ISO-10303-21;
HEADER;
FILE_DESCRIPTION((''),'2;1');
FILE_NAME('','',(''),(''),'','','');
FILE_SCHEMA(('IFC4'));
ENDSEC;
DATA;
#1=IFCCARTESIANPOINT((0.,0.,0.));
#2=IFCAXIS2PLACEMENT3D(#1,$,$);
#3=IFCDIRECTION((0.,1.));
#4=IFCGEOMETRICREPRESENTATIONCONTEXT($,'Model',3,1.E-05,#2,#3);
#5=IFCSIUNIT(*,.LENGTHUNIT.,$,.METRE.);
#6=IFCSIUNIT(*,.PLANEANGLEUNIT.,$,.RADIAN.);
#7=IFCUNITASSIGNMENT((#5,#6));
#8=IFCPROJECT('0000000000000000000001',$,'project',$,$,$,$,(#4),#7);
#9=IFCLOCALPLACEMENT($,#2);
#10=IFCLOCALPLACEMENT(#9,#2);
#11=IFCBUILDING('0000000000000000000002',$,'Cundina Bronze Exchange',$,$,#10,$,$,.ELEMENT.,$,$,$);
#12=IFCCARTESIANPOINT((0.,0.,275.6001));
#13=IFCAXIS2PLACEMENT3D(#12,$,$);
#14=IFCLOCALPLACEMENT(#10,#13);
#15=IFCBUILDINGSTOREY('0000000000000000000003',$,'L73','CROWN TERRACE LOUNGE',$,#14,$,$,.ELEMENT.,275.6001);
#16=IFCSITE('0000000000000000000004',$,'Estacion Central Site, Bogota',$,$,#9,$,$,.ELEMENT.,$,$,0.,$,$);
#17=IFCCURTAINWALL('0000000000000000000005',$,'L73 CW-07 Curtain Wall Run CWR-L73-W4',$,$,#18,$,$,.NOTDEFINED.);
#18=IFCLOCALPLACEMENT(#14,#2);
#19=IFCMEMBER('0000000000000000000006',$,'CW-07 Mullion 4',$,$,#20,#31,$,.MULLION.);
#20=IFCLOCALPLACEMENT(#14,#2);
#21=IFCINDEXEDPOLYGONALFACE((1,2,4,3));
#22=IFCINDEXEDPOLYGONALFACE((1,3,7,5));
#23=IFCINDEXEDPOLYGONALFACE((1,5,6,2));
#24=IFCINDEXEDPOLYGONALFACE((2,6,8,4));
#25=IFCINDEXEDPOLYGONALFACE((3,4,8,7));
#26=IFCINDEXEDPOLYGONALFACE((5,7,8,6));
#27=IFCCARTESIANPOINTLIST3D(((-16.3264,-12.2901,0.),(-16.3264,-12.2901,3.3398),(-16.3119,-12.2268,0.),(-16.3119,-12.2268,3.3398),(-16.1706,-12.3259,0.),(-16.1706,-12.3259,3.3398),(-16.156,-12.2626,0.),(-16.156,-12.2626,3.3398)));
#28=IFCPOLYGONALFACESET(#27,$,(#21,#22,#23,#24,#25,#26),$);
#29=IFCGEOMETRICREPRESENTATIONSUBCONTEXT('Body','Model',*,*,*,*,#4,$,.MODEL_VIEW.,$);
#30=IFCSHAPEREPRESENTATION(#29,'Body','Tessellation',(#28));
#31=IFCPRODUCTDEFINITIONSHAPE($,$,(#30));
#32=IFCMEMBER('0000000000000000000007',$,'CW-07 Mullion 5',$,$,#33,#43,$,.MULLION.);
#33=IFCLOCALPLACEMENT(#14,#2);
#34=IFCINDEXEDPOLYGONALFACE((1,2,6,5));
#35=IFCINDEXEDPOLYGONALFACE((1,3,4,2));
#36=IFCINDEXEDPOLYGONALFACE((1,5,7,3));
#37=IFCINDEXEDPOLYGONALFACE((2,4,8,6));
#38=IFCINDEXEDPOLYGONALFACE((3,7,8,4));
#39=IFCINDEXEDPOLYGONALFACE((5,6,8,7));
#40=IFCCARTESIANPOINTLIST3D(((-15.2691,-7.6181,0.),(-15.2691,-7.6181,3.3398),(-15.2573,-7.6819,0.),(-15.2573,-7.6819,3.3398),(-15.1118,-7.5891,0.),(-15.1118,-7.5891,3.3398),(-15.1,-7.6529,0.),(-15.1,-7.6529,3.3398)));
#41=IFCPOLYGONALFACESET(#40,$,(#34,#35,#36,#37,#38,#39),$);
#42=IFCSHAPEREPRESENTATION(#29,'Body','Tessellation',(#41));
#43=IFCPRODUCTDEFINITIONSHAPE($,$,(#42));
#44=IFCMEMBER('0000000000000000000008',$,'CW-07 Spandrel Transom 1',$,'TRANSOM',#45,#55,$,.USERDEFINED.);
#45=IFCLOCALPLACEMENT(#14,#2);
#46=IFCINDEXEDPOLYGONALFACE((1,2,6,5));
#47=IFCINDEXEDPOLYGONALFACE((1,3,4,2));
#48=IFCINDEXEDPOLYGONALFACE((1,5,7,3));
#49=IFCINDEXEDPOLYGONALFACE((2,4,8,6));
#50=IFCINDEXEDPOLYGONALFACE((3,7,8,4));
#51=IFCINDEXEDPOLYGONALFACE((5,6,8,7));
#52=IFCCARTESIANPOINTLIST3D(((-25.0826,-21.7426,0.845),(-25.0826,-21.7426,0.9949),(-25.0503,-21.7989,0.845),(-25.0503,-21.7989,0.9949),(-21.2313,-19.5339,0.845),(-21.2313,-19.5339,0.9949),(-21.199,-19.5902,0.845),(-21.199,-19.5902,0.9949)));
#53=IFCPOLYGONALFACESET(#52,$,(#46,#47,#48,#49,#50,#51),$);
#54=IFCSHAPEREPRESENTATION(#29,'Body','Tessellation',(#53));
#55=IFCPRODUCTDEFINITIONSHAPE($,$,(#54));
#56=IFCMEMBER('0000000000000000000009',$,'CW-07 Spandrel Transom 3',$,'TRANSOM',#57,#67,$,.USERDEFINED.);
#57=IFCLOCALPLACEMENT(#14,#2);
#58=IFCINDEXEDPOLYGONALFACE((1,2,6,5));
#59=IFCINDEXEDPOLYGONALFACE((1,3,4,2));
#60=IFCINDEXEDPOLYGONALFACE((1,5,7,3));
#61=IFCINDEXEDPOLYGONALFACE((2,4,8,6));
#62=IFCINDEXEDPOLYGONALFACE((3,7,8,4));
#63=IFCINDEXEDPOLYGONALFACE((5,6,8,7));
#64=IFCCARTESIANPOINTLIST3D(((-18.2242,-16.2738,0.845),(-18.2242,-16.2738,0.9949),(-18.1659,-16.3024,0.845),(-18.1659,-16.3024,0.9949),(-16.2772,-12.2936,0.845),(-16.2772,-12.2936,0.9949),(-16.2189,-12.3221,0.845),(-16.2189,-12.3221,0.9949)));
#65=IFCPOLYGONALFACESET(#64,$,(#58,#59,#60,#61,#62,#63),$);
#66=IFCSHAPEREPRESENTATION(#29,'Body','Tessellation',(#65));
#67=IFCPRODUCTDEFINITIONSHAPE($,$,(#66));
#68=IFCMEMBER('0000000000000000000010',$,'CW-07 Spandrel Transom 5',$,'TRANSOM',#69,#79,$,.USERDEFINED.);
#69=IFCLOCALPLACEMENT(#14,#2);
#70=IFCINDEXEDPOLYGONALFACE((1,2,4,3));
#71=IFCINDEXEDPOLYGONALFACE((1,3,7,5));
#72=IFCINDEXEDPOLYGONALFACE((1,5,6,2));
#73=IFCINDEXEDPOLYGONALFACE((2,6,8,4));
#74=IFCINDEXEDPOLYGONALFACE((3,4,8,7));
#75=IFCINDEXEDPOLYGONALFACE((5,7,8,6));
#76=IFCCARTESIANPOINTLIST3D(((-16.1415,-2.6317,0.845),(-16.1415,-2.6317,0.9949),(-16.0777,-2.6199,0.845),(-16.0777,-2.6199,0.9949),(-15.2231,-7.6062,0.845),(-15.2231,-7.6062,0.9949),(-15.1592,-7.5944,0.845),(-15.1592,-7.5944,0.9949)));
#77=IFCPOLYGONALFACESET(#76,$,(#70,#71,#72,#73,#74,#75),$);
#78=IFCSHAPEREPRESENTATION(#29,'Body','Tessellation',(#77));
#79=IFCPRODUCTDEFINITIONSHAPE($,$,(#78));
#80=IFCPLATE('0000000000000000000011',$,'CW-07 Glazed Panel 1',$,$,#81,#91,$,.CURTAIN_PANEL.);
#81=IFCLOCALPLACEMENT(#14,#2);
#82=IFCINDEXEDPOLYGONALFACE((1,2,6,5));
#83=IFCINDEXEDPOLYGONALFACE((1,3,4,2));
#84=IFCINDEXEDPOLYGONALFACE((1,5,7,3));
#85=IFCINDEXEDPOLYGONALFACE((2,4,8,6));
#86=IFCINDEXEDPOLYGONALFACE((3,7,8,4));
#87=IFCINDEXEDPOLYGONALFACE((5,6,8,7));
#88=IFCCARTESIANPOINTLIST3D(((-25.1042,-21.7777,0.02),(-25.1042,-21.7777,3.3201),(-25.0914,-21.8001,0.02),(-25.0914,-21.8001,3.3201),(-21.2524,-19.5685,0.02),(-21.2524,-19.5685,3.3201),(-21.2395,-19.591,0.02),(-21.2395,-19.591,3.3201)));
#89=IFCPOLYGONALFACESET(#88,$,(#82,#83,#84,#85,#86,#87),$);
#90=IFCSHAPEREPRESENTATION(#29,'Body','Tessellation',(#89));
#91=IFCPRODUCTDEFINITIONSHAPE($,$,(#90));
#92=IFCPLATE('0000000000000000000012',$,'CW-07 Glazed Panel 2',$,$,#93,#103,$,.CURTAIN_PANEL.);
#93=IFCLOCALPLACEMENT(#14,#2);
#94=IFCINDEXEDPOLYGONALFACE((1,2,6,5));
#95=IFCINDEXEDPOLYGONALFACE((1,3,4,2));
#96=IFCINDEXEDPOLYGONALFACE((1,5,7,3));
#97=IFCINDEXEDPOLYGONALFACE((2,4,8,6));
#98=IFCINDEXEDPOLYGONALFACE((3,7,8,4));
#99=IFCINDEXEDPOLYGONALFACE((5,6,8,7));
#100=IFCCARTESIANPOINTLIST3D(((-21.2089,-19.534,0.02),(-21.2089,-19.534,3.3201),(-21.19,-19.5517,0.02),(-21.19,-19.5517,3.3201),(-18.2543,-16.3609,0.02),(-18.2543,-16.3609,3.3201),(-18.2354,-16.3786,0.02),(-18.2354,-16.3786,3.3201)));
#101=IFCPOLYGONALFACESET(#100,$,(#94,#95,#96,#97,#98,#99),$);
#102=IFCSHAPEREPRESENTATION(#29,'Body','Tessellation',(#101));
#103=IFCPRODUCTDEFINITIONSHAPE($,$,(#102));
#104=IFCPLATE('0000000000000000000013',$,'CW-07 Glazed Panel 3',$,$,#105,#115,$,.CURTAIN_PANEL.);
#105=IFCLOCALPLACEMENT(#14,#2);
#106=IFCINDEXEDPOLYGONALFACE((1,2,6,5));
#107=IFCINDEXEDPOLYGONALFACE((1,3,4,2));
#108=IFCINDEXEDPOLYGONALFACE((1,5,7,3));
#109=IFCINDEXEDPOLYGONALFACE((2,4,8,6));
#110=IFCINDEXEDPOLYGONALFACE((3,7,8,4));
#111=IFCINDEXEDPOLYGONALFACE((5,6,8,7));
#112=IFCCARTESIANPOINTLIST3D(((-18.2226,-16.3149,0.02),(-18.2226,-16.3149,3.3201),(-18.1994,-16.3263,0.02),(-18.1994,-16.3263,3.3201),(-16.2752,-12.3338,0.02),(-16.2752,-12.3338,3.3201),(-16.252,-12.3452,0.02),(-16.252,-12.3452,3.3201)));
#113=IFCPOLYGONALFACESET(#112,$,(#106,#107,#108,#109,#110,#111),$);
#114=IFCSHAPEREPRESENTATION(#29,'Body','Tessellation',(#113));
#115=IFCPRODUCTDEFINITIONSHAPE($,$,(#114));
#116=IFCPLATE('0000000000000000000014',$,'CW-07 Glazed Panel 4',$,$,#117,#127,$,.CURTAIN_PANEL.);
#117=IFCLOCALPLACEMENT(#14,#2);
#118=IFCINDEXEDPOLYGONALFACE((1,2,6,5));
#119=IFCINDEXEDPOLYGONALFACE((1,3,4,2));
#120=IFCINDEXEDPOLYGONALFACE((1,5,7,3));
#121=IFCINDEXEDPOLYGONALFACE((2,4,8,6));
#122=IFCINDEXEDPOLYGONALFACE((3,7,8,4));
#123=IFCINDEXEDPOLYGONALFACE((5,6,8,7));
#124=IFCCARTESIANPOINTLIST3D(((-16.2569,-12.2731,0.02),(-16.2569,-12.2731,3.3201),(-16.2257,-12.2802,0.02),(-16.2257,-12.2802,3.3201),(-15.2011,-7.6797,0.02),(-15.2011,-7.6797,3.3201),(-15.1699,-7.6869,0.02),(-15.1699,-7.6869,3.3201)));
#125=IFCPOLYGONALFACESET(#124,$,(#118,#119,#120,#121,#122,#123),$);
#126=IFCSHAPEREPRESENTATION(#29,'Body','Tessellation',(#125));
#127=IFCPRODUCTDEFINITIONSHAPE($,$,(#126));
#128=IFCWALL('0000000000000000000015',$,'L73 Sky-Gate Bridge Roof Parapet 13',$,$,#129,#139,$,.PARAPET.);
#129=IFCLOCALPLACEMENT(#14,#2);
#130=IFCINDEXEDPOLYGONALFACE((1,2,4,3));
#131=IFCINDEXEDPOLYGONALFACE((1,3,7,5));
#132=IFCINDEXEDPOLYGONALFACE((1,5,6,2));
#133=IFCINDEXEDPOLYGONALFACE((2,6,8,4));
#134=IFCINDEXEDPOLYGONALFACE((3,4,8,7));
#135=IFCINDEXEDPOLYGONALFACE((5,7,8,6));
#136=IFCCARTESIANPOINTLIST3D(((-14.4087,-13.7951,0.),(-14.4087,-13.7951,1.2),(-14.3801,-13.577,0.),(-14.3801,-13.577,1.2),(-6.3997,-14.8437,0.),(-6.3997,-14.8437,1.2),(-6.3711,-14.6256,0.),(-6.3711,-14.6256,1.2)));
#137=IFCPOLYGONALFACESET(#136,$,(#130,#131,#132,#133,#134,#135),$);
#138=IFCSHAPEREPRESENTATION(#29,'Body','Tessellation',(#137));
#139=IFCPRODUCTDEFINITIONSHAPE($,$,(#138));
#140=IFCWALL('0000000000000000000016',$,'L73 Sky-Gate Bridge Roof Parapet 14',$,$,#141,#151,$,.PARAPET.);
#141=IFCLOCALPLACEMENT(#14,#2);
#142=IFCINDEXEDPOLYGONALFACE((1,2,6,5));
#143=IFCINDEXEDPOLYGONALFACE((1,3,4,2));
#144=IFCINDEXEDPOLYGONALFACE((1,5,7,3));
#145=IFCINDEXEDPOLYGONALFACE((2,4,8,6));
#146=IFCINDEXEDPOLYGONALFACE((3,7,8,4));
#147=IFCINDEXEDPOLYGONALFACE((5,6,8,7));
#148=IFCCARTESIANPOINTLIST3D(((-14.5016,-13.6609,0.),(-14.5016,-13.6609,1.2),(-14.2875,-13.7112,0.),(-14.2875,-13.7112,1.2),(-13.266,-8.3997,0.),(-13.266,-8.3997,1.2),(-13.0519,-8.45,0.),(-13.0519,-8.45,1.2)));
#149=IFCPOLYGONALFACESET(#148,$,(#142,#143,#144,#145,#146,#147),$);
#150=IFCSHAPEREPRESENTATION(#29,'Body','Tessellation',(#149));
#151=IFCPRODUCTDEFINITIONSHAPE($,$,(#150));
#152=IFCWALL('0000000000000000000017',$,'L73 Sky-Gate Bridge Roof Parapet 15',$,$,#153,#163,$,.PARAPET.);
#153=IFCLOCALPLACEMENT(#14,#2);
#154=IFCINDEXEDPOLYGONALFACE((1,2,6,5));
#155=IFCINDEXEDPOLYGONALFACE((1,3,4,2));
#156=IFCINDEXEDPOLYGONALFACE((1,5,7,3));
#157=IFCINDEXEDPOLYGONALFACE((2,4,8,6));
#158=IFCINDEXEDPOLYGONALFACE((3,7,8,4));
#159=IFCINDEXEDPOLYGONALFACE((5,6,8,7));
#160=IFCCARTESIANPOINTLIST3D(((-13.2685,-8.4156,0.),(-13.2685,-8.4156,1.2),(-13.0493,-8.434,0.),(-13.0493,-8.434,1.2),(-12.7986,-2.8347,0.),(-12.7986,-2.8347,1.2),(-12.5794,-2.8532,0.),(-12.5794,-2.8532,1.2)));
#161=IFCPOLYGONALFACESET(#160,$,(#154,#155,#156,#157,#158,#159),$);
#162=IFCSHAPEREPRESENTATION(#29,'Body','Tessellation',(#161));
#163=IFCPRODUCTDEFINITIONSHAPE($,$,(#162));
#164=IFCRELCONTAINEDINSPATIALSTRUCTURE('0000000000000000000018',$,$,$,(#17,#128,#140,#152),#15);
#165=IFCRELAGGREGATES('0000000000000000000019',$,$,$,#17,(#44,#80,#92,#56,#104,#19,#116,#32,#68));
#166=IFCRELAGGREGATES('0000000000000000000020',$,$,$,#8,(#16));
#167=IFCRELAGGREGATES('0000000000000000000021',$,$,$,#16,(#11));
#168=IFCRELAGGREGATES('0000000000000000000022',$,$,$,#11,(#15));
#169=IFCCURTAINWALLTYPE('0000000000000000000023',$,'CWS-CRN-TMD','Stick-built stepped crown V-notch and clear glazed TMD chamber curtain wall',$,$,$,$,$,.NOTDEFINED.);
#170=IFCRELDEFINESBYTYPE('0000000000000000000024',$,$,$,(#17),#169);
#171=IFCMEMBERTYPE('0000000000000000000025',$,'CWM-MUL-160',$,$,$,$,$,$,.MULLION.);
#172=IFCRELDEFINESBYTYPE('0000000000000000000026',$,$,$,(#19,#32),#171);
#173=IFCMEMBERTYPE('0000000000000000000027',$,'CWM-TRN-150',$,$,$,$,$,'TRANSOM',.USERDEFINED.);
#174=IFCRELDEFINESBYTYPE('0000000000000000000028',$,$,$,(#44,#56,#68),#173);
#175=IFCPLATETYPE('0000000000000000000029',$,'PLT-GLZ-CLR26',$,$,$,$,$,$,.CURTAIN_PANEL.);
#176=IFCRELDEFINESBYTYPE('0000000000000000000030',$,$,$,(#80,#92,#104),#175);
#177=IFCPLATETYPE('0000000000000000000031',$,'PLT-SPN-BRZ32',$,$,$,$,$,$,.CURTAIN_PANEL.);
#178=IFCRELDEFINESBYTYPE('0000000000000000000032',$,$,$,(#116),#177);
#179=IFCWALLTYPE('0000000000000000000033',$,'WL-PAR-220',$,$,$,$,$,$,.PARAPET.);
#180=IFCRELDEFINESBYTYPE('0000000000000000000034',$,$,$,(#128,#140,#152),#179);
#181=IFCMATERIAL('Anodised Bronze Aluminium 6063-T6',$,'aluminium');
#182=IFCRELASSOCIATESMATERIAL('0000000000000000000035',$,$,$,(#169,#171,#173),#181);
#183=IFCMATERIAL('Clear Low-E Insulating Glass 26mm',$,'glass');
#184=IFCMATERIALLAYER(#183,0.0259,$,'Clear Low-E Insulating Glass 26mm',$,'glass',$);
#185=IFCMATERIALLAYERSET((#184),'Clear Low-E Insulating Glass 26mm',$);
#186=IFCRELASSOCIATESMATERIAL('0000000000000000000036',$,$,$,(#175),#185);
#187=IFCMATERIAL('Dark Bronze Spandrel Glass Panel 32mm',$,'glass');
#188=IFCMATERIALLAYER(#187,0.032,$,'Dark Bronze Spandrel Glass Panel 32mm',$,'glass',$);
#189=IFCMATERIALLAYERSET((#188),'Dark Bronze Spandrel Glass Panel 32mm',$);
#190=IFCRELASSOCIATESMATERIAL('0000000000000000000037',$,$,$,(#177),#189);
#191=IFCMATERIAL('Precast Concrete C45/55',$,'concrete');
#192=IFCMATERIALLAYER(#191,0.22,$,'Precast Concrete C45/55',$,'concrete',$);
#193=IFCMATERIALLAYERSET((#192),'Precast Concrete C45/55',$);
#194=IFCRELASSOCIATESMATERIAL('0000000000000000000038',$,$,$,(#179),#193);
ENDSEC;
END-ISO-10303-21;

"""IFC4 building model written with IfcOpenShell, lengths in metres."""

from ifc_helpers import new_model, si_unit, direction, frame, frame_2d, origin, origin_2d, place, context, subcontext, project, spatial, rectangle, extrude, material, layer, layer_set, material_profile, profile_set, type_object, element, aggregate, save


model = new_model("IFC4")

# Units and contexts
model_context = context("Model", 3, precision=1e-05, world=origin(), true_north=direction((0.0, 1.0)))
body_context = subcontext(model_context, "Body", "Model", "MODEL_VIEW")
ifc_project = project(units=[si_unit("LENGTHUNIT", "METRE"), si_unit("PLANEANGLEUNIT", "RADIAN")], contexts=[model_context])

# Site, building, storey
site_placement = place(None, origin())
site = spatial("IfcSite", under=ifc_project, at=site_placement, Name="Estacion Central Site, Bogota", CompositionType="ELEMENT", RefElevation=0.0)
building_placement = place(site_placement, origin())
building = spatial("IfcBuilding", under=site, at=building_placement, Name="Cundina Bronze Exchange", CompositionType="ELEMENT")
storey_placement = place(building_placement, frame((0.0, 0.0, 275.6001)))
storey = spatial("IfcBuildingStorey", under=building, at=storey_placement, Name="L73", Description="CROWN TERRACE LOUNGE", CompositionType="ELEMENT", Elevation=275.6001)

# Curtain wall, members, plates
ifc_material_1 = material(Name="Anodised Bronze Aluminium 6063-T6", Category="aluminium")
curtain_wall_type = type_object("IfcCurtainWallType", Name="CWS-CRN-TMD", Description="Stick-built stepped crown V-notch and clear glazed TMD chamber curtain wall", PredefinedType="NOTDEFINED", material=ifc_material_1)
curtain_wall_placement = place(storey_placement, origin())
curtain_wall = element("IfcCurtainWall", 1, at=curtain_wall_placement, inside=storey, type_object=curtain_wall_type, Name="L73 CW-07 Curtain Wall Run CWR-L73-W4", PredefinedType="NOTDEFINED")
ifc_material_profile_1 = material_profile(ifc_material_1, rectangle(XDim=0.0649, YDim=0.1599, at=origin_2d()), Name="AL65X160", Category="aluminium")
ifc_profile_set_1 = profile_set([ifc_material_profile_1], Name="Anodised Bronze Aluminium 6063-T6")
member_type_1 = type_object("IfcMemberType", Name="CWM-MUL-160", PredefinedType="MULLION", material=ifc_profile_set_1)
member_1_placement = place(storey_placement, frame((-16.2412, -12.2764, 0.0), z_axis=(0.0, 0.0, 1.0), x_axis=(0.223931, 0.974605, 0.0)))
member_1 = element("IfcMember", 2, at=member_1_placement, type_object=member_type_1, Name="CW-07 Mullion 4", PredefinedType="MULLION", context=body_context, shape_type="SweptSolid", body=[
    extrude(rectangle(XDim=0.0649, YDim=0.1599, at=origin_2d()), origin(), (0.0, 0.0, 1.0), 3.3398),
])
member_2_placement = place(storey_placement, frame((-15.1846, -7.6355, 0.0), z_axis=(0.0, 0.0, 1.0), x_axis=(-0.181549, 0.983382, 0.0)))
member_2 = element("IfcMember", 3, at=member_2_placement, type_object=member_type_1, Name="CW-07 Mullion 5", PredefinedType="MULLION", context=body_context, shape_type="SweptSolid", body=[
    extrude(rectangle(XDim=0.0649, YDim=0.1599, at=origin_2d()), origin(), (0.0, 0.0, 1.0), 3.3398),
])
ifc_material_profile_2 = material_profile(ifc_material_1, rectangle(XDim=0.0649, YDim=0.1499, at=origin_2d()), Name="AL65X150", Category="aluminium")
ifc_profile_set_2 = profile_set([ifc_material_profile_2], Name="Anodised Bronze Aluminium 6063-T6")
member_type_2 = type_object("IfcMemberType", Name="CWM-TRN-150", ElementType="TRANSOM", PredefinedType="USERDEFINED", material=ifc_profile_set_2)
member_3_placement = place(storey_placement, frame((-25.0664, -21.7708, 0.9199), z_axis=(0.867467, 0.497494, 0.0), x_axis=(-0.497494, 0.867467, 0.0)))
member_3 = element("IfcMember", 4, at=member_3_placement, type_object=member_type_2, Name="CW-07 Spandrel Transom 1", ObjectType="TRANSOM", PredefinedType="USERDEFINED", context=body_context, shape_type="SweptSolid", body=[
    extrude(rectangle(XDim=0.0649, YDim=0.1499, at=origin_2d()), origin(), (0.0, 0.0, 1.0), 4.4397),
])
member_4_placement = place(storey_placement, frame((-18.1951, -16.2881, 0.9199), z_axis=(0.439417, 0.898283, 0.0), x_axis=(-0.898283, 0.439417, 0.0)))
member_4 = element("IfcMember", 5, at=member_4_placement, type_object=member_type_2, Name="CW-07 Spandrel Transom 3", ObjectType="TRANSOM", PredefinedType="USERDEFINED", context=body_context, shape_type="SweptSolid", body=[
    extrude(rectangle(XDim=0.0649, YDim=0.1499, at=origin_2d()), origin(), (0.0, 0.0, 1.0), 4.4309),
])
member_5_placement = place(storey_placement, frame((-15.1912, -7.6003, 0.9199), z_axis=(-0.18156, 0.98338, 0.0), x_axis=(-0.98338, -0.18156, 0.0)))
member_5 = element("IfcMember", 6, at=member_5_placement, type_object=member_type_2, Name="CW-07 Spandrel Transom 5", ObjectType="TRANSOM", PredefinedType="USERDEFINED", context=body_context, shape_type="SweptSolid", body=[
    extrude(rectangle(XDim=0.0649, YDim=0.1499, at=origin_2d()), origin(), (0.0, 0.0, 1.0), 5.0586),
])
ifc_material_2 = material(Name="Clear Low-E Insulating Glass 26mm", Category="glass")
ifc_layer_1 = layer(ifc_material_2, 0.0259, Name="Clear Low-E Insulating Glass 26mm", Category="glass")
ifc_layer_set_1 = layer_set([ifc_layer_1], Name="Clear Low-E Insulating Glass 26mm")
plate_type_1 = type_object("IfcPlateType", Name="PLT-GLZ-CLR26", PredefinedType="CURTAIN_PANEL", material=ifc_layer_set_1)
plate_1_placement = place(storey_placement, frame((-23.1719, -20.6843, 0.02), z_axis=(0.0, 0.0, 1.0), x_axis=(0.867453, 0.497519, 0.0)))
plate_1 = element("IfcPlate", 7, at=plate_1_placement, type_object=plate_type_1, Name="CW-07 Glazed Panel 1", PredefinedType="CURTAIN_PANEL", context=body_context, shape_type="SweptSolid", body=[
    extrude(rectangle(XDim=4.4404, YDim=0.0259, at=origin_2d()), origin(), (0.0, 0.0, 1.0), 3.3),
])
plate_2_placement = place(storey_placement, frame((-19.7222, -17.9563, 0.02), z_axis=(0.0, 0.0, 1.0), x_axis=(0.681462, 0.731853, 0.0)))
plate_2 = element("IfcPlate", 8, at=plate_2_placement, type_object=plate_type_1, Name="CW-07 Glazed Panel 2", PredefinedType="CURTAIN_PANEL", context=body_context, shape_type="SweptSolid", body=[
    extrude(rectangle(XDim=4.3357, YDim=0.0259, at=origin_2d()), origin(), (0.0, 0.0, 1.0), 3.3),
])
plate_3_placement = place(storey_placement, frame((-17.2373, -14.3301, 0.02), z_axis=(0.0, 0.0, 1.0), x_axis=(0.439406, 0.898288, 0.0)))
plate_3 = element("IfcPlate", 9, at=plate_3_placement, type_object=plate_type_1, Name="CW-07 Glazed Panel 3", PredefinedType="CURTAIN_PANEL", context=body_context, shape_type="SweptSolid", body=[
    extrude(rectangle(XDim=4.4319, YDim=0.0259, at=origin_2d()), origin(), (0.0, 0.0, 1.0), 3.3),
])
ifc_material_3 = material(Name="Dark Bronze Spandrel Glass Panel 32mm", Category="glass")
ifc_layer_2 = layer(ifc_material_3, 0.032, Name="Dark Bronze Spandrel Glass Panel 32mm", Category="glass")
ifc_layer_set_2 = layer_set([ifc_layer_2], Name="Dark Bronze Spandrel Glass Panel 32mm")
plate_type_2 = type_object("IfcPlateType", Name="PLT-SPN-BRZ32", PredefinedType="CURTAIN_PANEL", material=ifc_layer_set_2)
plate_4_placement = place(storey_placement, frame((-15.7134, -9.98, 0.02), z_axis=(0.0, 0.0, 1.0), x_axis=(0.224016, 0.974586, 0.0)))
plate_4 = element("IfcPlate", 10, at=plate_4_placement, type_object=plate_type_2, Name="CW-07 Glazed Panel 4", PredefinedType="CURTAIN_PANEL", context=body_context, shape_type="SweptSolid", body=[
    extrude(rectangle(XDim=4.7131, YDim=0.032, at=origin_2d()), origin(), (0.0, 0.0, 1.0), 3.3),
])
aggregate(curtain_wall, [member_3, plate_1, plate_2, member_4, plate_3, member_1, plate_4, member_2, member_5])

# Walls
ifc_material_4 = material(Name="Precast Concrete C45/55", Category="concrete")
ifc_layer_3 = layer(ifc_material_4, 0.22, Name="Precast Concrete C45/55", Category="concrete")
ifc_layer_set_3 = layer_set([ifc_layer_3], Name="Precast Concrete C45/55")
wall_type = type_object("IfcWallType", Name="WL-PAR-220", PredefinedType="PARAPET", material=ifc_layer_set_3)
wall_1_placement = place(storey_placement, frame((-6.3855, -14.7346, 0.0), z_axis=(0.0, 0.0, 1.0), x_axis=(-0.991538, 0.129817, 0.0)))
element("IfcWall", 11, at=wall_1_placement, inside=storey, type_object=wall_type, Name="L73 Sky-Gate Bridge Roof Parapet 13", PredefinedType="PARAPET", context=body_context, shape_type="SweptSolid", body=[
    extrude(rectangle(XDim=8.0774, YDim=0.22, at=frame_2d((4.0386, 0.0))), origin(), (0.0, 0.0, 1.0), 1.2),
])
wall_2_placement = place(storey_placement, frame((-14.3945, -13.686, 0.0), z_axis=(0.0, 0.0, 1.0), x_axis=(0.228629, 0.973514, 0.0)))
element("IfcWall", 12, at=wall_2_placement, inside=storey, type_object=wall_type, Name="L73 Sky-Gate Bridge Roof Parapet 14", PredefinedType="PARAPET", context=body_context, shape_type="SweptSolid", body=[
    extrude(rectangle(XDim=5.4043, YDim=0.22, at=frame_2d((2.7021, 0.0))), origin(), (0.0, 0.0, 1.0), 1.2),
])
wall_3_placement = place(storey_placement, frame((-13.1589, -8.4248, 0.0), z_axis=(0.0, 0.0, 1.0), x_axis=(0.083915, 0.996473, 0.0)))
element("IfcWall", 13, at=wall_3_placement, inside=storey, type_object=wall_type, Name="L73 Sky-Gate Bridge Roof Parapet 15", PredefinedType="PARAPET", context=body_context, shape_type="SweptSolid", body=[
    extrude(rectangle(XDim=5.6006, YDim=0.22, at=frame_2d((2.8003, 0.0))), origin(), (0.0, 0.0, 1.0), 1.2),
])

save(model, "model.ifc")
